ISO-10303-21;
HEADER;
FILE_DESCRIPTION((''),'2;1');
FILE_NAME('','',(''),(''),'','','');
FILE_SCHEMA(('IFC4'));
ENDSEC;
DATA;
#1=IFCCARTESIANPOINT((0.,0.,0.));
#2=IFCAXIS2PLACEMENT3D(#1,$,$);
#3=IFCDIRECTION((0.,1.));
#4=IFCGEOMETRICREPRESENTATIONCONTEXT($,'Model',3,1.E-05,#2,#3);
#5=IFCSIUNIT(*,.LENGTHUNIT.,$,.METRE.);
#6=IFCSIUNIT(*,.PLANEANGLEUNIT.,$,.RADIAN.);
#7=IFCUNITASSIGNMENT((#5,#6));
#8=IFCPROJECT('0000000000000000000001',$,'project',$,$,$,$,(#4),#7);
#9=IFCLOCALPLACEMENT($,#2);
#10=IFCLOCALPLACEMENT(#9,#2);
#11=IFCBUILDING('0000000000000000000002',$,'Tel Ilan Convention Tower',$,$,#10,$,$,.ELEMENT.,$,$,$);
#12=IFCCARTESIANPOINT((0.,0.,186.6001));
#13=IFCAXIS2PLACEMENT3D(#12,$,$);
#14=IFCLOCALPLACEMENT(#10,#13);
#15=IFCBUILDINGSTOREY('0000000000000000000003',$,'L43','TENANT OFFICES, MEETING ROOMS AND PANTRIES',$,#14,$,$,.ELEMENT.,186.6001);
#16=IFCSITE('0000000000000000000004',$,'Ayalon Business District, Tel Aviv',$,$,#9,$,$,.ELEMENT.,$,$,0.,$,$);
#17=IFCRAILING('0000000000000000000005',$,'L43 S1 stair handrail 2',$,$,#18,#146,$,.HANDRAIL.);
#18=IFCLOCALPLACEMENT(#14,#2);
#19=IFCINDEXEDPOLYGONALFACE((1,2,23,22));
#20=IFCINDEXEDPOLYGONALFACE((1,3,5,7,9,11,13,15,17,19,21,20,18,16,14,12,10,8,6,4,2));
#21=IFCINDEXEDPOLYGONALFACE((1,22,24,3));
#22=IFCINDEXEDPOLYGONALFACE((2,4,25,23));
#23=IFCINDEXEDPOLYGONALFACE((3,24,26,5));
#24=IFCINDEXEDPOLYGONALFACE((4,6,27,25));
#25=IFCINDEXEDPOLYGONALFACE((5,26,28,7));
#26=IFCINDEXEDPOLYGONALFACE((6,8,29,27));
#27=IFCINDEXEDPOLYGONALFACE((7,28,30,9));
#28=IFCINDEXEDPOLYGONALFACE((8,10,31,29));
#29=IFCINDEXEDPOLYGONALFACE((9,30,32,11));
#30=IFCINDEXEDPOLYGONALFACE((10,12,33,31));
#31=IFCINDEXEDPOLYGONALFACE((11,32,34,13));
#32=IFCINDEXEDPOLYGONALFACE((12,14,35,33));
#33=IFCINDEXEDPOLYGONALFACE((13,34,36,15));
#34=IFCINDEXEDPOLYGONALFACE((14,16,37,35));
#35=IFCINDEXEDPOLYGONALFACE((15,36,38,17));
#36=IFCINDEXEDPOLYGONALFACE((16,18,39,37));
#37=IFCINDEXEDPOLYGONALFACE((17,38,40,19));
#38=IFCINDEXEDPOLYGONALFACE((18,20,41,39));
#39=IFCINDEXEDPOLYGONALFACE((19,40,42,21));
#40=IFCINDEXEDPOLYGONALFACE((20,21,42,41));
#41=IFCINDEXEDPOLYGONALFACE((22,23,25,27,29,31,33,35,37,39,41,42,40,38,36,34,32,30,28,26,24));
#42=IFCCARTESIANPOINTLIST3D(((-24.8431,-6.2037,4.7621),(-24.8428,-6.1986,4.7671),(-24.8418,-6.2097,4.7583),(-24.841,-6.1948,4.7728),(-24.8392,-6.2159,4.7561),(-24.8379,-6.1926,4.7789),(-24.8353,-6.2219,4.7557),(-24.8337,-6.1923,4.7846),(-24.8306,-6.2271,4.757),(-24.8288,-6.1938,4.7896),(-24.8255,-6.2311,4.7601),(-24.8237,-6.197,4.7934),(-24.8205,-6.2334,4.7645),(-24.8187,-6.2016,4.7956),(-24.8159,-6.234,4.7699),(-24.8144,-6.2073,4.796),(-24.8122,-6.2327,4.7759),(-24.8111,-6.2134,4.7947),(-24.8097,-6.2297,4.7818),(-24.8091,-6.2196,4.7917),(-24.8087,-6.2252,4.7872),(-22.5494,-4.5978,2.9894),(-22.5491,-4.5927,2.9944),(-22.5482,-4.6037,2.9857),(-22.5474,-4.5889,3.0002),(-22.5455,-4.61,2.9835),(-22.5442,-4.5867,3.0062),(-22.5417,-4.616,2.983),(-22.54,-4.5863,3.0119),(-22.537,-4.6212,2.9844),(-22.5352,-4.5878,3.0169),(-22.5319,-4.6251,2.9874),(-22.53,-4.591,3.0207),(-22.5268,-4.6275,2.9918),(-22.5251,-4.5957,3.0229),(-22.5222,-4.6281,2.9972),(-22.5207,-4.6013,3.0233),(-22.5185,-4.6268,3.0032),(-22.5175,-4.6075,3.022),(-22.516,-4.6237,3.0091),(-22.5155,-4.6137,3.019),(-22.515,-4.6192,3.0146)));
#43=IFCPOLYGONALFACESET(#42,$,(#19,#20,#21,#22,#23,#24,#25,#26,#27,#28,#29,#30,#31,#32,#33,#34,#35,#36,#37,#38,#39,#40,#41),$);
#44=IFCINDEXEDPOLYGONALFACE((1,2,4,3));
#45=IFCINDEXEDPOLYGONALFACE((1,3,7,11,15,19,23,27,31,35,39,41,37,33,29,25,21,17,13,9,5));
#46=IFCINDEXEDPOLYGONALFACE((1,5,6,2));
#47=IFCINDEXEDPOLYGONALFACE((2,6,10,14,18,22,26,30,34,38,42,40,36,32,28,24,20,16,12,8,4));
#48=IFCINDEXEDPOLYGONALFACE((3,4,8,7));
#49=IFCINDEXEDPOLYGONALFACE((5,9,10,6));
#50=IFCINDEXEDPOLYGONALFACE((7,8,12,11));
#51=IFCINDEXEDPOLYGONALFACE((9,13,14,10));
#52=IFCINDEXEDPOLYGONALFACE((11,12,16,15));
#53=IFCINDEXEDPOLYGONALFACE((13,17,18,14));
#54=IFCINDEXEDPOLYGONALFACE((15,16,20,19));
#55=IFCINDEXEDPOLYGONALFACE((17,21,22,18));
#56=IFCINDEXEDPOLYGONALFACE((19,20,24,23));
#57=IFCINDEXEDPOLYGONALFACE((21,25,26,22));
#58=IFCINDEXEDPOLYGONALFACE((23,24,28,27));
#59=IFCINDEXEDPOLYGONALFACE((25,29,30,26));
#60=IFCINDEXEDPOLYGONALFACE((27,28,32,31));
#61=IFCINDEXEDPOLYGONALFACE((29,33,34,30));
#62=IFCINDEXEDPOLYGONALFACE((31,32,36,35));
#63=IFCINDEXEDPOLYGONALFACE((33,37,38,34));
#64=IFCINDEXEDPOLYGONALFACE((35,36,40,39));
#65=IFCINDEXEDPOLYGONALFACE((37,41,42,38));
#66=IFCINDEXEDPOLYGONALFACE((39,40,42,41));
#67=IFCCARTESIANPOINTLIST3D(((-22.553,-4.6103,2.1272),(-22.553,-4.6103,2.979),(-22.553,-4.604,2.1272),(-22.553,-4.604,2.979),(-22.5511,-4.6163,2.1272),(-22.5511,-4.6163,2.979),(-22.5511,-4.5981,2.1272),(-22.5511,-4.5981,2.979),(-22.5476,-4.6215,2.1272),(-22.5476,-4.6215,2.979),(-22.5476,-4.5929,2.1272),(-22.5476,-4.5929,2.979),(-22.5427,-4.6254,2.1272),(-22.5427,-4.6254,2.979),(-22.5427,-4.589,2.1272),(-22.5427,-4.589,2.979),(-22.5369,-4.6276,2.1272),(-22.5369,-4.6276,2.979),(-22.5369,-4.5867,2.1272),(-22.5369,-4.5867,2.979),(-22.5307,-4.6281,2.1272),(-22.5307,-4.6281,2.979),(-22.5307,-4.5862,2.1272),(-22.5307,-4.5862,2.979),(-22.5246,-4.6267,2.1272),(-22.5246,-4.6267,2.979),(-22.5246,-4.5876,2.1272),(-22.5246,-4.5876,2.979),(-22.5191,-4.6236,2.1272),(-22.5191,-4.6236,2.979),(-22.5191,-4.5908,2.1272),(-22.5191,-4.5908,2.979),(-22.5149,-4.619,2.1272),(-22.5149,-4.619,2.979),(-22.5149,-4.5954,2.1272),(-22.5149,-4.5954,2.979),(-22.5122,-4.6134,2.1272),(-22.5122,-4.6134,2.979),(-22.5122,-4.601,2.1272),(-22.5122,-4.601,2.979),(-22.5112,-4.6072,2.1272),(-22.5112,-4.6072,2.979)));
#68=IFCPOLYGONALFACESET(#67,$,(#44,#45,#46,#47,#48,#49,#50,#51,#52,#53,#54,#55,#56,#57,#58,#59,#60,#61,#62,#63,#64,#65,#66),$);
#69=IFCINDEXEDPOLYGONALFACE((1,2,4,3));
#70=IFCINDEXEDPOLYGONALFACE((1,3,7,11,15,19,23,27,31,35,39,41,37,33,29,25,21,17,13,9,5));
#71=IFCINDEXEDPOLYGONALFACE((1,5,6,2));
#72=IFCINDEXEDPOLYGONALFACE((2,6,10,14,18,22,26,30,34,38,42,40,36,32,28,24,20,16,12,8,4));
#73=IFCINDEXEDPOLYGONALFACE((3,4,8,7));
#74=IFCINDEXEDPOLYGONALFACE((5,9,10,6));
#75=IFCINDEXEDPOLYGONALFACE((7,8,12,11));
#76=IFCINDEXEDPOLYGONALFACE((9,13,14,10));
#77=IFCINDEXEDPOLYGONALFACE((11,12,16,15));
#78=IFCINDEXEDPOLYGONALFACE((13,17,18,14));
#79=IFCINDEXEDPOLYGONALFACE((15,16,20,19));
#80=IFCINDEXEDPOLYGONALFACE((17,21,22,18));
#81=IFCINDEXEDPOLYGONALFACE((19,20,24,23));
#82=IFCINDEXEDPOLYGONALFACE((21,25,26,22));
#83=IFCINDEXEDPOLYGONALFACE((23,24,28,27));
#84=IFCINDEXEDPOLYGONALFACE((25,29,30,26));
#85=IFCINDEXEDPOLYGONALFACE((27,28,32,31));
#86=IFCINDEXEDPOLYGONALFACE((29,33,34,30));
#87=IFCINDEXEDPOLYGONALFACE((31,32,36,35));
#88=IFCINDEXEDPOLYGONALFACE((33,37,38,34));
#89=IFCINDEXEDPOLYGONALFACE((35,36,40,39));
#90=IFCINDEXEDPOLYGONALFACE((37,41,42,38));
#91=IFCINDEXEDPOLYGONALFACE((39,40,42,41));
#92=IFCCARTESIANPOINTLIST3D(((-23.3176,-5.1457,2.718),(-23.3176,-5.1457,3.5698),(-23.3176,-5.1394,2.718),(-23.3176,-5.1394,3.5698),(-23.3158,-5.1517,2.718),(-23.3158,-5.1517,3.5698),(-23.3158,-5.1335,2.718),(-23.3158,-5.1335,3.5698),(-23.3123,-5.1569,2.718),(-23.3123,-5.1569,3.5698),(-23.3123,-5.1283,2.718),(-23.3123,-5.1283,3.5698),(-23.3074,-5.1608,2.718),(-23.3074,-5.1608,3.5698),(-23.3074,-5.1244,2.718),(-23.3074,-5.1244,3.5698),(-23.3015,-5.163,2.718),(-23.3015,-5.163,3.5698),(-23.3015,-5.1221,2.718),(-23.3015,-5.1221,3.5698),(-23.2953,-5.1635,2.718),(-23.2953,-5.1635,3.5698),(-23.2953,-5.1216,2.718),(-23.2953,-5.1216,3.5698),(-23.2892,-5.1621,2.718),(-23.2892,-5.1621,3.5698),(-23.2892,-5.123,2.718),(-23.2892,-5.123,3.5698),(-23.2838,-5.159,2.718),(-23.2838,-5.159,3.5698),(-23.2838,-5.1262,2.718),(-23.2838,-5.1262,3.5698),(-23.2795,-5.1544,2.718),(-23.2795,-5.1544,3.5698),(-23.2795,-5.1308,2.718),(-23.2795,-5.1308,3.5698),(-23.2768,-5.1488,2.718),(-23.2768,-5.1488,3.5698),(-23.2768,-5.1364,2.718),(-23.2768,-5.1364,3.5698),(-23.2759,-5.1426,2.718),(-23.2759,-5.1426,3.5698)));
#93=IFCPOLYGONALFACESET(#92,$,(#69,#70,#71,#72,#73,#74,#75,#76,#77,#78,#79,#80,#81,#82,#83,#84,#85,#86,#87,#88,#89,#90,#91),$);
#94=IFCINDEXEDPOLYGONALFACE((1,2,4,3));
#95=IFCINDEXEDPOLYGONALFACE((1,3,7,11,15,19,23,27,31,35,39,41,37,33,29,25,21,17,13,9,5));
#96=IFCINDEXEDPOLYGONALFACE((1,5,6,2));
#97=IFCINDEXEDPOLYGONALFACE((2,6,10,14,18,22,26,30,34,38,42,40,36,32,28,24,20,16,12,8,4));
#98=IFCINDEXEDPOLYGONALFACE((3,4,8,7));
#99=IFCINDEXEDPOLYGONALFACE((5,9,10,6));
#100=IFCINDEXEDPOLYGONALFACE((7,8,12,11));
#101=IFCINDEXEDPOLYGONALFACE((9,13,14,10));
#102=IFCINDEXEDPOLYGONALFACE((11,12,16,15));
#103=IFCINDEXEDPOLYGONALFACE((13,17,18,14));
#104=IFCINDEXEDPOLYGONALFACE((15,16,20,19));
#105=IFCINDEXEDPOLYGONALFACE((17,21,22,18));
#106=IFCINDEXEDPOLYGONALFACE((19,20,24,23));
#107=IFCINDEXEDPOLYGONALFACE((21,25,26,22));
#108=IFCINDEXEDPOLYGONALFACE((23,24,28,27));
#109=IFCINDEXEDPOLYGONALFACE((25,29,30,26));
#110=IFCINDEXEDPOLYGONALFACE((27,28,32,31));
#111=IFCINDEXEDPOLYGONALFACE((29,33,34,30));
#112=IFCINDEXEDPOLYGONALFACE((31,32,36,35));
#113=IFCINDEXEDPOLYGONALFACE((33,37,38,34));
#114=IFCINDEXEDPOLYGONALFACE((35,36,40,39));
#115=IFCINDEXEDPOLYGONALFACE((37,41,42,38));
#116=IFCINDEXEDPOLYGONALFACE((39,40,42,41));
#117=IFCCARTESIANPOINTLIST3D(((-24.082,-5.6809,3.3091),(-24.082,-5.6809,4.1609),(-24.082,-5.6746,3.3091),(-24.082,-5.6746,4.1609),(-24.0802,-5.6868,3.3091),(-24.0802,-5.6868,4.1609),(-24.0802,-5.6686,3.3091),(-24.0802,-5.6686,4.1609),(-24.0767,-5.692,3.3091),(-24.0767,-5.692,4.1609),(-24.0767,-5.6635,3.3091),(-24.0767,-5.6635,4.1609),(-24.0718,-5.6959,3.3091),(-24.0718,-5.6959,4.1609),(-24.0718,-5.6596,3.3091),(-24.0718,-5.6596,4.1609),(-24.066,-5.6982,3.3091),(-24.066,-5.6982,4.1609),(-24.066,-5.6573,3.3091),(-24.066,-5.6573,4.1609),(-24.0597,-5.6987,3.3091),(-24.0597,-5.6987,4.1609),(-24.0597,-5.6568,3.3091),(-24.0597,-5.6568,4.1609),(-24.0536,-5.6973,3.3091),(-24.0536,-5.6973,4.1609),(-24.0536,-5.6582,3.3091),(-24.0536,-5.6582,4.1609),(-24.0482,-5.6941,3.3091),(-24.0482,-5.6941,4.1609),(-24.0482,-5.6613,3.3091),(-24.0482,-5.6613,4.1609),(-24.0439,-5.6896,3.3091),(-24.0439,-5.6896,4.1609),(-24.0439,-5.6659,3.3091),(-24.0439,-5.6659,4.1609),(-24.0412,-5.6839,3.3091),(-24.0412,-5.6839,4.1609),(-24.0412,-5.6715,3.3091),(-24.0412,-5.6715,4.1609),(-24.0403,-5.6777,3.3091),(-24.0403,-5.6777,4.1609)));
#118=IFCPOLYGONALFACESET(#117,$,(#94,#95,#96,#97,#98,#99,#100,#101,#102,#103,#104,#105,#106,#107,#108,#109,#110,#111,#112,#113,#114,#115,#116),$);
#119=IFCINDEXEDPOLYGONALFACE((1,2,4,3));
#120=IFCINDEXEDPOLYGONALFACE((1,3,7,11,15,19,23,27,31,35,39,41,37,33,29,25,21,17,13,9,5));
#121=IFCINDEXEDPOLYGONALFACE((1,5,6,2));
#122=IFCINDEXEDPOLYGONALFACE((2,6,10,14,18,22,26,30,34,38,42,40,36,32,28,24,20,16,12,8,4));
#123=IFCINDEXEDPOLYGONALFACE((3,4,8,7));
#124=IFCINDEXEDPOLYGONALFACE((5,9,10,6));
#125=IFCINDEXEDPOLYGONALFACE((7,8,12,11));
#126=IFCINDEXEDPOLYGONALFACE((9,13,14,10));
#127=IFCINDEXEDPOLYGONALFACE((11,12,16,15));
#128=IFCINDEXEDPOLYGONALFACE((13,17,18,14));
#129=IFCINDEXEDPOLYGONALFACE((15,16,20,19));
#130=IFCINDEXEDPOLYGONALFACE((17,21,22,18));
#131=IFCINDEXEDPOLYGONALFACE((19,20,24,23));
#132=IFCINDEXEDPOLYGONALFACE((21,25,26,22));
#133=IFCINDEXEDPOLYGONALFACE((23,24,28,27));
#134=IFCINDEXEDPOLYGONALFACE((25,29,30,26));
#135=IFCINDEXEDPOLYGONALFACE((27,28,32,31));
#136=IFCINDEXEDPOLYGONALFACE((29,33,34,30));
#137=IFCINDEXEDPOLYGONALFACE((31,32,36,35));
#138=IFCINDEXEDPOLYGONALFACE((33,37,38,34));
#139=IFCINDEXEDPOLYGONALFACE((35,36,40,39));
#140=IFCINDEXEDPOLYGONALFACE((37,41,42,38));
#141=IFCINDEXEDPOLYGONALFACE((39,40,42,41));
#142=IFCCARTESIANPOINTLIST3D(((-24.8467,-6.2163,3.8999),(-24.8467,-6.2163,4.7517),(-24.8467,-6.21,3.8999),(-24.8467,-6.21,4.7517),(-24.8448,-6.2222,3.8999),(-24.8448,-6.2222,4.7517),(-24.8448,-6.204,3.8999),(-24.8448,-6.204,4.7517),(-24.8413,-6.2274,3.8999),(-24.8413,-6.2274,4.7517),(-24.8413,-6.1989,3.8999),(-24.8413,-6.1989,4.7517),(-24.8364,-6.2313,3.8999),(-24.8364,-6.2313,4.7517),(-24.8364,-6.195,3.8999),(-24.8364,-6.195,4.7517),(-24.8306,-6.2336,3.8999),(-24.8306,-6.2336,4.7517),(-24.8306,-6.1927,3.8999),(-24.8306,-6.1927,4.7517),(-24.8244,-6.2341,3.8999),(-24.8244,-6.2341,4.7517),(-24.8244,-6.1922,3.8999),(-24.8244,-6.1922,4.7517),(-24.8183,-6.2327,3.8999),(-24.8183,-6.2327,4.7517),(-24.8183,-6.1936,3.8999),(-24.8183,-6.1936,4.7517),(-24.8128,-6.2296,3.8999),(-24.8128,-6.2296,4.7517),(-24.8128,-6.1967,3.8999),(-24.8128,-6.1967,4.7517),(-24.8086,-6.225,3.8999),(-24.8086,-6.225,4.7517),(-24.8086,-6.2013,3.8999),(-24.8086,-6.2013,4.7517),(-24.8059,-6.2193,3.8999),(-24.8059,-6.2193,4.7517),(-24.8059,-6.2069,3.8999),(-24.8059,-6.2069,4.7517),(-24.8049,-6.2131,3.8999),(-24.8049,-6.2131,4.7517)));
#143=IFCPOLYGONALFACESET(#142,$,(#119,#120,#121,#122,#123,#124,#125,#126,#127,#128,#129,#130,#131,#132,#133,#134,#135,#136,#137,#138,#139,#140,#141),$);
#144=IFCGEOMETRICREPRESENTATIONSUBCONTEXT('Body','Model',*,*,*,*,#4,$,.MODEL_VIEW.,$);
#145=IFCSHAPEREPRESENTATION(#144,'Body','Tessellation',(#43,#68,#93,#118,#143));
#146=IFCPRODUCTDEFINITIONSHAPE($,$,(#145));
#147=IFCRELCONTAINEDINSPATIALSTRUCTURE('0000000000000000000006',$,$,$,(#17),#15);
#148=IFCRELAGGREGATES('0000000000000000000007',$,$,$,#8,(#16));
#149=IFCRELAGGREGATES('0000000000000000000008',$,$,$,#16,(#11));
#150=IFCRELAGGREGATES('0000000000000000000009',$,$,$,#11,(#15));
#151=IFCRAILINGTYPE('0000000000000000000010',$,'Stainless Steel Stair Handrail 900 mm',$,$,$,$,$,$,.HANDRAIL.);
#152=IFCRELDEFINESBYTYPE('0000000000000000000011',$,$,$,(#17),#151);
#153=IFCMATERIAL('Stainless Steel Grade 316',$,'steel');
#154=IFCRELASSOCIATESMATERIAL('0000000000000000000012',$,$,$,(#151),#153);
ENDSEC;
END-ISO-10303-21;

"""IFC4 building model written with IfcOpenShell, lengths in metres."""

from ifc_helpers import new_model, si_unit, direction, frame, origin, origin_2d, place, context, subcontext, project, spatial, circle, extrude, material, type_object, element, save


model = new_model("IFC4")

# Units and contexts
model_context = context("Model", 3, precision=1e-05, world=origin(), true_north=direction((0.0, 1.0)))
body_context = subcontext(model_context, "Body", "Model", "MODEL_VIEW")
ifc_project = project(units=[si_unit("LENGTHUNIT", "METRE"), si_unit("PLANEANGLEUNIT", "RADIAN")], contexts=[model_context])

# Site, building, storey
site_placement = place(None, origin())
site = spatial("IfcSite", under=ifc_project, at=site_placement, Name="Ayalon Business District, Tel Aviv", CompositionType="ELEMENT", RefElevation=0.0)
building_placement = place(site_placement, origin())
building = spatial("IfcBuilding", under=site, at=building_placement, Name="Tel Ilan Convention Tower", CompositionType="ELEMENT")
storey_placement = place(building_placement, frame((0.0, 0.0, 186.6001)))
storey = spatial("IfcBuildingStorey", under=building, at=storey_placement, Name="L43", Description="TENANT OFFICES, MEETING ROOMS AND PANTRIES", CompositionType="ELEMENT", Elevation=186.6001)

# Railing
ifc_material_1 = material(Name="Stainless Steel Grade 316", Category="steel")
railing_type_1 = type_object("IfcRailingType", Name="Stainless Steel Stair Handrail 900 mm", PredefinedType="HANDRAIL", material=ifc_material_1)
railing_1_placement = place(storey_placement, frame((-22.5322, -4.6072, 2.1272)))
element("IfcRailing", 1, at=railing_1_placement, inside=storey, type_object=railing_type_1, Name="L43 S1 stair handrail 2", PredefinedType="HANDRAIL", context=body_context, shape_type="SweptSolid", body=[
    extrude(circle(Radius=0.0239, at=origin_2d()), frame((0.0, 0.0, 0.876), z_axis=(-0.692123, -0.484597, 0.534913), x_axis=(0.57355, -0.81917, 0.0)), (0.0, 0.0, 1.0), 3.314),
    extrude(circle(Radius=0.021, at=origin_2d()), origin(), (0.0, 0.0, 1.0), 0.8518),
    extrude(circle(Radius=0.021, at=origin_2d()), frame((-0.7646, -0.5354, 0.5908)), (0.0, 0.0, 1.0), 0.8518),
    extrude(circle(Radius=0.021, at=origin_2d()), frame((-1.5291, -1.0706, 1.1819)), (0.0, 0.0, 1.0), 0.8518),
    extrude(circle(Radius=0.021, at=origin_2d()), frame((-2.2937, -1.606, 1.7727)), (0.0, 0.0, 1.0), 0.8518),
])

save(model, "model.ifc")
